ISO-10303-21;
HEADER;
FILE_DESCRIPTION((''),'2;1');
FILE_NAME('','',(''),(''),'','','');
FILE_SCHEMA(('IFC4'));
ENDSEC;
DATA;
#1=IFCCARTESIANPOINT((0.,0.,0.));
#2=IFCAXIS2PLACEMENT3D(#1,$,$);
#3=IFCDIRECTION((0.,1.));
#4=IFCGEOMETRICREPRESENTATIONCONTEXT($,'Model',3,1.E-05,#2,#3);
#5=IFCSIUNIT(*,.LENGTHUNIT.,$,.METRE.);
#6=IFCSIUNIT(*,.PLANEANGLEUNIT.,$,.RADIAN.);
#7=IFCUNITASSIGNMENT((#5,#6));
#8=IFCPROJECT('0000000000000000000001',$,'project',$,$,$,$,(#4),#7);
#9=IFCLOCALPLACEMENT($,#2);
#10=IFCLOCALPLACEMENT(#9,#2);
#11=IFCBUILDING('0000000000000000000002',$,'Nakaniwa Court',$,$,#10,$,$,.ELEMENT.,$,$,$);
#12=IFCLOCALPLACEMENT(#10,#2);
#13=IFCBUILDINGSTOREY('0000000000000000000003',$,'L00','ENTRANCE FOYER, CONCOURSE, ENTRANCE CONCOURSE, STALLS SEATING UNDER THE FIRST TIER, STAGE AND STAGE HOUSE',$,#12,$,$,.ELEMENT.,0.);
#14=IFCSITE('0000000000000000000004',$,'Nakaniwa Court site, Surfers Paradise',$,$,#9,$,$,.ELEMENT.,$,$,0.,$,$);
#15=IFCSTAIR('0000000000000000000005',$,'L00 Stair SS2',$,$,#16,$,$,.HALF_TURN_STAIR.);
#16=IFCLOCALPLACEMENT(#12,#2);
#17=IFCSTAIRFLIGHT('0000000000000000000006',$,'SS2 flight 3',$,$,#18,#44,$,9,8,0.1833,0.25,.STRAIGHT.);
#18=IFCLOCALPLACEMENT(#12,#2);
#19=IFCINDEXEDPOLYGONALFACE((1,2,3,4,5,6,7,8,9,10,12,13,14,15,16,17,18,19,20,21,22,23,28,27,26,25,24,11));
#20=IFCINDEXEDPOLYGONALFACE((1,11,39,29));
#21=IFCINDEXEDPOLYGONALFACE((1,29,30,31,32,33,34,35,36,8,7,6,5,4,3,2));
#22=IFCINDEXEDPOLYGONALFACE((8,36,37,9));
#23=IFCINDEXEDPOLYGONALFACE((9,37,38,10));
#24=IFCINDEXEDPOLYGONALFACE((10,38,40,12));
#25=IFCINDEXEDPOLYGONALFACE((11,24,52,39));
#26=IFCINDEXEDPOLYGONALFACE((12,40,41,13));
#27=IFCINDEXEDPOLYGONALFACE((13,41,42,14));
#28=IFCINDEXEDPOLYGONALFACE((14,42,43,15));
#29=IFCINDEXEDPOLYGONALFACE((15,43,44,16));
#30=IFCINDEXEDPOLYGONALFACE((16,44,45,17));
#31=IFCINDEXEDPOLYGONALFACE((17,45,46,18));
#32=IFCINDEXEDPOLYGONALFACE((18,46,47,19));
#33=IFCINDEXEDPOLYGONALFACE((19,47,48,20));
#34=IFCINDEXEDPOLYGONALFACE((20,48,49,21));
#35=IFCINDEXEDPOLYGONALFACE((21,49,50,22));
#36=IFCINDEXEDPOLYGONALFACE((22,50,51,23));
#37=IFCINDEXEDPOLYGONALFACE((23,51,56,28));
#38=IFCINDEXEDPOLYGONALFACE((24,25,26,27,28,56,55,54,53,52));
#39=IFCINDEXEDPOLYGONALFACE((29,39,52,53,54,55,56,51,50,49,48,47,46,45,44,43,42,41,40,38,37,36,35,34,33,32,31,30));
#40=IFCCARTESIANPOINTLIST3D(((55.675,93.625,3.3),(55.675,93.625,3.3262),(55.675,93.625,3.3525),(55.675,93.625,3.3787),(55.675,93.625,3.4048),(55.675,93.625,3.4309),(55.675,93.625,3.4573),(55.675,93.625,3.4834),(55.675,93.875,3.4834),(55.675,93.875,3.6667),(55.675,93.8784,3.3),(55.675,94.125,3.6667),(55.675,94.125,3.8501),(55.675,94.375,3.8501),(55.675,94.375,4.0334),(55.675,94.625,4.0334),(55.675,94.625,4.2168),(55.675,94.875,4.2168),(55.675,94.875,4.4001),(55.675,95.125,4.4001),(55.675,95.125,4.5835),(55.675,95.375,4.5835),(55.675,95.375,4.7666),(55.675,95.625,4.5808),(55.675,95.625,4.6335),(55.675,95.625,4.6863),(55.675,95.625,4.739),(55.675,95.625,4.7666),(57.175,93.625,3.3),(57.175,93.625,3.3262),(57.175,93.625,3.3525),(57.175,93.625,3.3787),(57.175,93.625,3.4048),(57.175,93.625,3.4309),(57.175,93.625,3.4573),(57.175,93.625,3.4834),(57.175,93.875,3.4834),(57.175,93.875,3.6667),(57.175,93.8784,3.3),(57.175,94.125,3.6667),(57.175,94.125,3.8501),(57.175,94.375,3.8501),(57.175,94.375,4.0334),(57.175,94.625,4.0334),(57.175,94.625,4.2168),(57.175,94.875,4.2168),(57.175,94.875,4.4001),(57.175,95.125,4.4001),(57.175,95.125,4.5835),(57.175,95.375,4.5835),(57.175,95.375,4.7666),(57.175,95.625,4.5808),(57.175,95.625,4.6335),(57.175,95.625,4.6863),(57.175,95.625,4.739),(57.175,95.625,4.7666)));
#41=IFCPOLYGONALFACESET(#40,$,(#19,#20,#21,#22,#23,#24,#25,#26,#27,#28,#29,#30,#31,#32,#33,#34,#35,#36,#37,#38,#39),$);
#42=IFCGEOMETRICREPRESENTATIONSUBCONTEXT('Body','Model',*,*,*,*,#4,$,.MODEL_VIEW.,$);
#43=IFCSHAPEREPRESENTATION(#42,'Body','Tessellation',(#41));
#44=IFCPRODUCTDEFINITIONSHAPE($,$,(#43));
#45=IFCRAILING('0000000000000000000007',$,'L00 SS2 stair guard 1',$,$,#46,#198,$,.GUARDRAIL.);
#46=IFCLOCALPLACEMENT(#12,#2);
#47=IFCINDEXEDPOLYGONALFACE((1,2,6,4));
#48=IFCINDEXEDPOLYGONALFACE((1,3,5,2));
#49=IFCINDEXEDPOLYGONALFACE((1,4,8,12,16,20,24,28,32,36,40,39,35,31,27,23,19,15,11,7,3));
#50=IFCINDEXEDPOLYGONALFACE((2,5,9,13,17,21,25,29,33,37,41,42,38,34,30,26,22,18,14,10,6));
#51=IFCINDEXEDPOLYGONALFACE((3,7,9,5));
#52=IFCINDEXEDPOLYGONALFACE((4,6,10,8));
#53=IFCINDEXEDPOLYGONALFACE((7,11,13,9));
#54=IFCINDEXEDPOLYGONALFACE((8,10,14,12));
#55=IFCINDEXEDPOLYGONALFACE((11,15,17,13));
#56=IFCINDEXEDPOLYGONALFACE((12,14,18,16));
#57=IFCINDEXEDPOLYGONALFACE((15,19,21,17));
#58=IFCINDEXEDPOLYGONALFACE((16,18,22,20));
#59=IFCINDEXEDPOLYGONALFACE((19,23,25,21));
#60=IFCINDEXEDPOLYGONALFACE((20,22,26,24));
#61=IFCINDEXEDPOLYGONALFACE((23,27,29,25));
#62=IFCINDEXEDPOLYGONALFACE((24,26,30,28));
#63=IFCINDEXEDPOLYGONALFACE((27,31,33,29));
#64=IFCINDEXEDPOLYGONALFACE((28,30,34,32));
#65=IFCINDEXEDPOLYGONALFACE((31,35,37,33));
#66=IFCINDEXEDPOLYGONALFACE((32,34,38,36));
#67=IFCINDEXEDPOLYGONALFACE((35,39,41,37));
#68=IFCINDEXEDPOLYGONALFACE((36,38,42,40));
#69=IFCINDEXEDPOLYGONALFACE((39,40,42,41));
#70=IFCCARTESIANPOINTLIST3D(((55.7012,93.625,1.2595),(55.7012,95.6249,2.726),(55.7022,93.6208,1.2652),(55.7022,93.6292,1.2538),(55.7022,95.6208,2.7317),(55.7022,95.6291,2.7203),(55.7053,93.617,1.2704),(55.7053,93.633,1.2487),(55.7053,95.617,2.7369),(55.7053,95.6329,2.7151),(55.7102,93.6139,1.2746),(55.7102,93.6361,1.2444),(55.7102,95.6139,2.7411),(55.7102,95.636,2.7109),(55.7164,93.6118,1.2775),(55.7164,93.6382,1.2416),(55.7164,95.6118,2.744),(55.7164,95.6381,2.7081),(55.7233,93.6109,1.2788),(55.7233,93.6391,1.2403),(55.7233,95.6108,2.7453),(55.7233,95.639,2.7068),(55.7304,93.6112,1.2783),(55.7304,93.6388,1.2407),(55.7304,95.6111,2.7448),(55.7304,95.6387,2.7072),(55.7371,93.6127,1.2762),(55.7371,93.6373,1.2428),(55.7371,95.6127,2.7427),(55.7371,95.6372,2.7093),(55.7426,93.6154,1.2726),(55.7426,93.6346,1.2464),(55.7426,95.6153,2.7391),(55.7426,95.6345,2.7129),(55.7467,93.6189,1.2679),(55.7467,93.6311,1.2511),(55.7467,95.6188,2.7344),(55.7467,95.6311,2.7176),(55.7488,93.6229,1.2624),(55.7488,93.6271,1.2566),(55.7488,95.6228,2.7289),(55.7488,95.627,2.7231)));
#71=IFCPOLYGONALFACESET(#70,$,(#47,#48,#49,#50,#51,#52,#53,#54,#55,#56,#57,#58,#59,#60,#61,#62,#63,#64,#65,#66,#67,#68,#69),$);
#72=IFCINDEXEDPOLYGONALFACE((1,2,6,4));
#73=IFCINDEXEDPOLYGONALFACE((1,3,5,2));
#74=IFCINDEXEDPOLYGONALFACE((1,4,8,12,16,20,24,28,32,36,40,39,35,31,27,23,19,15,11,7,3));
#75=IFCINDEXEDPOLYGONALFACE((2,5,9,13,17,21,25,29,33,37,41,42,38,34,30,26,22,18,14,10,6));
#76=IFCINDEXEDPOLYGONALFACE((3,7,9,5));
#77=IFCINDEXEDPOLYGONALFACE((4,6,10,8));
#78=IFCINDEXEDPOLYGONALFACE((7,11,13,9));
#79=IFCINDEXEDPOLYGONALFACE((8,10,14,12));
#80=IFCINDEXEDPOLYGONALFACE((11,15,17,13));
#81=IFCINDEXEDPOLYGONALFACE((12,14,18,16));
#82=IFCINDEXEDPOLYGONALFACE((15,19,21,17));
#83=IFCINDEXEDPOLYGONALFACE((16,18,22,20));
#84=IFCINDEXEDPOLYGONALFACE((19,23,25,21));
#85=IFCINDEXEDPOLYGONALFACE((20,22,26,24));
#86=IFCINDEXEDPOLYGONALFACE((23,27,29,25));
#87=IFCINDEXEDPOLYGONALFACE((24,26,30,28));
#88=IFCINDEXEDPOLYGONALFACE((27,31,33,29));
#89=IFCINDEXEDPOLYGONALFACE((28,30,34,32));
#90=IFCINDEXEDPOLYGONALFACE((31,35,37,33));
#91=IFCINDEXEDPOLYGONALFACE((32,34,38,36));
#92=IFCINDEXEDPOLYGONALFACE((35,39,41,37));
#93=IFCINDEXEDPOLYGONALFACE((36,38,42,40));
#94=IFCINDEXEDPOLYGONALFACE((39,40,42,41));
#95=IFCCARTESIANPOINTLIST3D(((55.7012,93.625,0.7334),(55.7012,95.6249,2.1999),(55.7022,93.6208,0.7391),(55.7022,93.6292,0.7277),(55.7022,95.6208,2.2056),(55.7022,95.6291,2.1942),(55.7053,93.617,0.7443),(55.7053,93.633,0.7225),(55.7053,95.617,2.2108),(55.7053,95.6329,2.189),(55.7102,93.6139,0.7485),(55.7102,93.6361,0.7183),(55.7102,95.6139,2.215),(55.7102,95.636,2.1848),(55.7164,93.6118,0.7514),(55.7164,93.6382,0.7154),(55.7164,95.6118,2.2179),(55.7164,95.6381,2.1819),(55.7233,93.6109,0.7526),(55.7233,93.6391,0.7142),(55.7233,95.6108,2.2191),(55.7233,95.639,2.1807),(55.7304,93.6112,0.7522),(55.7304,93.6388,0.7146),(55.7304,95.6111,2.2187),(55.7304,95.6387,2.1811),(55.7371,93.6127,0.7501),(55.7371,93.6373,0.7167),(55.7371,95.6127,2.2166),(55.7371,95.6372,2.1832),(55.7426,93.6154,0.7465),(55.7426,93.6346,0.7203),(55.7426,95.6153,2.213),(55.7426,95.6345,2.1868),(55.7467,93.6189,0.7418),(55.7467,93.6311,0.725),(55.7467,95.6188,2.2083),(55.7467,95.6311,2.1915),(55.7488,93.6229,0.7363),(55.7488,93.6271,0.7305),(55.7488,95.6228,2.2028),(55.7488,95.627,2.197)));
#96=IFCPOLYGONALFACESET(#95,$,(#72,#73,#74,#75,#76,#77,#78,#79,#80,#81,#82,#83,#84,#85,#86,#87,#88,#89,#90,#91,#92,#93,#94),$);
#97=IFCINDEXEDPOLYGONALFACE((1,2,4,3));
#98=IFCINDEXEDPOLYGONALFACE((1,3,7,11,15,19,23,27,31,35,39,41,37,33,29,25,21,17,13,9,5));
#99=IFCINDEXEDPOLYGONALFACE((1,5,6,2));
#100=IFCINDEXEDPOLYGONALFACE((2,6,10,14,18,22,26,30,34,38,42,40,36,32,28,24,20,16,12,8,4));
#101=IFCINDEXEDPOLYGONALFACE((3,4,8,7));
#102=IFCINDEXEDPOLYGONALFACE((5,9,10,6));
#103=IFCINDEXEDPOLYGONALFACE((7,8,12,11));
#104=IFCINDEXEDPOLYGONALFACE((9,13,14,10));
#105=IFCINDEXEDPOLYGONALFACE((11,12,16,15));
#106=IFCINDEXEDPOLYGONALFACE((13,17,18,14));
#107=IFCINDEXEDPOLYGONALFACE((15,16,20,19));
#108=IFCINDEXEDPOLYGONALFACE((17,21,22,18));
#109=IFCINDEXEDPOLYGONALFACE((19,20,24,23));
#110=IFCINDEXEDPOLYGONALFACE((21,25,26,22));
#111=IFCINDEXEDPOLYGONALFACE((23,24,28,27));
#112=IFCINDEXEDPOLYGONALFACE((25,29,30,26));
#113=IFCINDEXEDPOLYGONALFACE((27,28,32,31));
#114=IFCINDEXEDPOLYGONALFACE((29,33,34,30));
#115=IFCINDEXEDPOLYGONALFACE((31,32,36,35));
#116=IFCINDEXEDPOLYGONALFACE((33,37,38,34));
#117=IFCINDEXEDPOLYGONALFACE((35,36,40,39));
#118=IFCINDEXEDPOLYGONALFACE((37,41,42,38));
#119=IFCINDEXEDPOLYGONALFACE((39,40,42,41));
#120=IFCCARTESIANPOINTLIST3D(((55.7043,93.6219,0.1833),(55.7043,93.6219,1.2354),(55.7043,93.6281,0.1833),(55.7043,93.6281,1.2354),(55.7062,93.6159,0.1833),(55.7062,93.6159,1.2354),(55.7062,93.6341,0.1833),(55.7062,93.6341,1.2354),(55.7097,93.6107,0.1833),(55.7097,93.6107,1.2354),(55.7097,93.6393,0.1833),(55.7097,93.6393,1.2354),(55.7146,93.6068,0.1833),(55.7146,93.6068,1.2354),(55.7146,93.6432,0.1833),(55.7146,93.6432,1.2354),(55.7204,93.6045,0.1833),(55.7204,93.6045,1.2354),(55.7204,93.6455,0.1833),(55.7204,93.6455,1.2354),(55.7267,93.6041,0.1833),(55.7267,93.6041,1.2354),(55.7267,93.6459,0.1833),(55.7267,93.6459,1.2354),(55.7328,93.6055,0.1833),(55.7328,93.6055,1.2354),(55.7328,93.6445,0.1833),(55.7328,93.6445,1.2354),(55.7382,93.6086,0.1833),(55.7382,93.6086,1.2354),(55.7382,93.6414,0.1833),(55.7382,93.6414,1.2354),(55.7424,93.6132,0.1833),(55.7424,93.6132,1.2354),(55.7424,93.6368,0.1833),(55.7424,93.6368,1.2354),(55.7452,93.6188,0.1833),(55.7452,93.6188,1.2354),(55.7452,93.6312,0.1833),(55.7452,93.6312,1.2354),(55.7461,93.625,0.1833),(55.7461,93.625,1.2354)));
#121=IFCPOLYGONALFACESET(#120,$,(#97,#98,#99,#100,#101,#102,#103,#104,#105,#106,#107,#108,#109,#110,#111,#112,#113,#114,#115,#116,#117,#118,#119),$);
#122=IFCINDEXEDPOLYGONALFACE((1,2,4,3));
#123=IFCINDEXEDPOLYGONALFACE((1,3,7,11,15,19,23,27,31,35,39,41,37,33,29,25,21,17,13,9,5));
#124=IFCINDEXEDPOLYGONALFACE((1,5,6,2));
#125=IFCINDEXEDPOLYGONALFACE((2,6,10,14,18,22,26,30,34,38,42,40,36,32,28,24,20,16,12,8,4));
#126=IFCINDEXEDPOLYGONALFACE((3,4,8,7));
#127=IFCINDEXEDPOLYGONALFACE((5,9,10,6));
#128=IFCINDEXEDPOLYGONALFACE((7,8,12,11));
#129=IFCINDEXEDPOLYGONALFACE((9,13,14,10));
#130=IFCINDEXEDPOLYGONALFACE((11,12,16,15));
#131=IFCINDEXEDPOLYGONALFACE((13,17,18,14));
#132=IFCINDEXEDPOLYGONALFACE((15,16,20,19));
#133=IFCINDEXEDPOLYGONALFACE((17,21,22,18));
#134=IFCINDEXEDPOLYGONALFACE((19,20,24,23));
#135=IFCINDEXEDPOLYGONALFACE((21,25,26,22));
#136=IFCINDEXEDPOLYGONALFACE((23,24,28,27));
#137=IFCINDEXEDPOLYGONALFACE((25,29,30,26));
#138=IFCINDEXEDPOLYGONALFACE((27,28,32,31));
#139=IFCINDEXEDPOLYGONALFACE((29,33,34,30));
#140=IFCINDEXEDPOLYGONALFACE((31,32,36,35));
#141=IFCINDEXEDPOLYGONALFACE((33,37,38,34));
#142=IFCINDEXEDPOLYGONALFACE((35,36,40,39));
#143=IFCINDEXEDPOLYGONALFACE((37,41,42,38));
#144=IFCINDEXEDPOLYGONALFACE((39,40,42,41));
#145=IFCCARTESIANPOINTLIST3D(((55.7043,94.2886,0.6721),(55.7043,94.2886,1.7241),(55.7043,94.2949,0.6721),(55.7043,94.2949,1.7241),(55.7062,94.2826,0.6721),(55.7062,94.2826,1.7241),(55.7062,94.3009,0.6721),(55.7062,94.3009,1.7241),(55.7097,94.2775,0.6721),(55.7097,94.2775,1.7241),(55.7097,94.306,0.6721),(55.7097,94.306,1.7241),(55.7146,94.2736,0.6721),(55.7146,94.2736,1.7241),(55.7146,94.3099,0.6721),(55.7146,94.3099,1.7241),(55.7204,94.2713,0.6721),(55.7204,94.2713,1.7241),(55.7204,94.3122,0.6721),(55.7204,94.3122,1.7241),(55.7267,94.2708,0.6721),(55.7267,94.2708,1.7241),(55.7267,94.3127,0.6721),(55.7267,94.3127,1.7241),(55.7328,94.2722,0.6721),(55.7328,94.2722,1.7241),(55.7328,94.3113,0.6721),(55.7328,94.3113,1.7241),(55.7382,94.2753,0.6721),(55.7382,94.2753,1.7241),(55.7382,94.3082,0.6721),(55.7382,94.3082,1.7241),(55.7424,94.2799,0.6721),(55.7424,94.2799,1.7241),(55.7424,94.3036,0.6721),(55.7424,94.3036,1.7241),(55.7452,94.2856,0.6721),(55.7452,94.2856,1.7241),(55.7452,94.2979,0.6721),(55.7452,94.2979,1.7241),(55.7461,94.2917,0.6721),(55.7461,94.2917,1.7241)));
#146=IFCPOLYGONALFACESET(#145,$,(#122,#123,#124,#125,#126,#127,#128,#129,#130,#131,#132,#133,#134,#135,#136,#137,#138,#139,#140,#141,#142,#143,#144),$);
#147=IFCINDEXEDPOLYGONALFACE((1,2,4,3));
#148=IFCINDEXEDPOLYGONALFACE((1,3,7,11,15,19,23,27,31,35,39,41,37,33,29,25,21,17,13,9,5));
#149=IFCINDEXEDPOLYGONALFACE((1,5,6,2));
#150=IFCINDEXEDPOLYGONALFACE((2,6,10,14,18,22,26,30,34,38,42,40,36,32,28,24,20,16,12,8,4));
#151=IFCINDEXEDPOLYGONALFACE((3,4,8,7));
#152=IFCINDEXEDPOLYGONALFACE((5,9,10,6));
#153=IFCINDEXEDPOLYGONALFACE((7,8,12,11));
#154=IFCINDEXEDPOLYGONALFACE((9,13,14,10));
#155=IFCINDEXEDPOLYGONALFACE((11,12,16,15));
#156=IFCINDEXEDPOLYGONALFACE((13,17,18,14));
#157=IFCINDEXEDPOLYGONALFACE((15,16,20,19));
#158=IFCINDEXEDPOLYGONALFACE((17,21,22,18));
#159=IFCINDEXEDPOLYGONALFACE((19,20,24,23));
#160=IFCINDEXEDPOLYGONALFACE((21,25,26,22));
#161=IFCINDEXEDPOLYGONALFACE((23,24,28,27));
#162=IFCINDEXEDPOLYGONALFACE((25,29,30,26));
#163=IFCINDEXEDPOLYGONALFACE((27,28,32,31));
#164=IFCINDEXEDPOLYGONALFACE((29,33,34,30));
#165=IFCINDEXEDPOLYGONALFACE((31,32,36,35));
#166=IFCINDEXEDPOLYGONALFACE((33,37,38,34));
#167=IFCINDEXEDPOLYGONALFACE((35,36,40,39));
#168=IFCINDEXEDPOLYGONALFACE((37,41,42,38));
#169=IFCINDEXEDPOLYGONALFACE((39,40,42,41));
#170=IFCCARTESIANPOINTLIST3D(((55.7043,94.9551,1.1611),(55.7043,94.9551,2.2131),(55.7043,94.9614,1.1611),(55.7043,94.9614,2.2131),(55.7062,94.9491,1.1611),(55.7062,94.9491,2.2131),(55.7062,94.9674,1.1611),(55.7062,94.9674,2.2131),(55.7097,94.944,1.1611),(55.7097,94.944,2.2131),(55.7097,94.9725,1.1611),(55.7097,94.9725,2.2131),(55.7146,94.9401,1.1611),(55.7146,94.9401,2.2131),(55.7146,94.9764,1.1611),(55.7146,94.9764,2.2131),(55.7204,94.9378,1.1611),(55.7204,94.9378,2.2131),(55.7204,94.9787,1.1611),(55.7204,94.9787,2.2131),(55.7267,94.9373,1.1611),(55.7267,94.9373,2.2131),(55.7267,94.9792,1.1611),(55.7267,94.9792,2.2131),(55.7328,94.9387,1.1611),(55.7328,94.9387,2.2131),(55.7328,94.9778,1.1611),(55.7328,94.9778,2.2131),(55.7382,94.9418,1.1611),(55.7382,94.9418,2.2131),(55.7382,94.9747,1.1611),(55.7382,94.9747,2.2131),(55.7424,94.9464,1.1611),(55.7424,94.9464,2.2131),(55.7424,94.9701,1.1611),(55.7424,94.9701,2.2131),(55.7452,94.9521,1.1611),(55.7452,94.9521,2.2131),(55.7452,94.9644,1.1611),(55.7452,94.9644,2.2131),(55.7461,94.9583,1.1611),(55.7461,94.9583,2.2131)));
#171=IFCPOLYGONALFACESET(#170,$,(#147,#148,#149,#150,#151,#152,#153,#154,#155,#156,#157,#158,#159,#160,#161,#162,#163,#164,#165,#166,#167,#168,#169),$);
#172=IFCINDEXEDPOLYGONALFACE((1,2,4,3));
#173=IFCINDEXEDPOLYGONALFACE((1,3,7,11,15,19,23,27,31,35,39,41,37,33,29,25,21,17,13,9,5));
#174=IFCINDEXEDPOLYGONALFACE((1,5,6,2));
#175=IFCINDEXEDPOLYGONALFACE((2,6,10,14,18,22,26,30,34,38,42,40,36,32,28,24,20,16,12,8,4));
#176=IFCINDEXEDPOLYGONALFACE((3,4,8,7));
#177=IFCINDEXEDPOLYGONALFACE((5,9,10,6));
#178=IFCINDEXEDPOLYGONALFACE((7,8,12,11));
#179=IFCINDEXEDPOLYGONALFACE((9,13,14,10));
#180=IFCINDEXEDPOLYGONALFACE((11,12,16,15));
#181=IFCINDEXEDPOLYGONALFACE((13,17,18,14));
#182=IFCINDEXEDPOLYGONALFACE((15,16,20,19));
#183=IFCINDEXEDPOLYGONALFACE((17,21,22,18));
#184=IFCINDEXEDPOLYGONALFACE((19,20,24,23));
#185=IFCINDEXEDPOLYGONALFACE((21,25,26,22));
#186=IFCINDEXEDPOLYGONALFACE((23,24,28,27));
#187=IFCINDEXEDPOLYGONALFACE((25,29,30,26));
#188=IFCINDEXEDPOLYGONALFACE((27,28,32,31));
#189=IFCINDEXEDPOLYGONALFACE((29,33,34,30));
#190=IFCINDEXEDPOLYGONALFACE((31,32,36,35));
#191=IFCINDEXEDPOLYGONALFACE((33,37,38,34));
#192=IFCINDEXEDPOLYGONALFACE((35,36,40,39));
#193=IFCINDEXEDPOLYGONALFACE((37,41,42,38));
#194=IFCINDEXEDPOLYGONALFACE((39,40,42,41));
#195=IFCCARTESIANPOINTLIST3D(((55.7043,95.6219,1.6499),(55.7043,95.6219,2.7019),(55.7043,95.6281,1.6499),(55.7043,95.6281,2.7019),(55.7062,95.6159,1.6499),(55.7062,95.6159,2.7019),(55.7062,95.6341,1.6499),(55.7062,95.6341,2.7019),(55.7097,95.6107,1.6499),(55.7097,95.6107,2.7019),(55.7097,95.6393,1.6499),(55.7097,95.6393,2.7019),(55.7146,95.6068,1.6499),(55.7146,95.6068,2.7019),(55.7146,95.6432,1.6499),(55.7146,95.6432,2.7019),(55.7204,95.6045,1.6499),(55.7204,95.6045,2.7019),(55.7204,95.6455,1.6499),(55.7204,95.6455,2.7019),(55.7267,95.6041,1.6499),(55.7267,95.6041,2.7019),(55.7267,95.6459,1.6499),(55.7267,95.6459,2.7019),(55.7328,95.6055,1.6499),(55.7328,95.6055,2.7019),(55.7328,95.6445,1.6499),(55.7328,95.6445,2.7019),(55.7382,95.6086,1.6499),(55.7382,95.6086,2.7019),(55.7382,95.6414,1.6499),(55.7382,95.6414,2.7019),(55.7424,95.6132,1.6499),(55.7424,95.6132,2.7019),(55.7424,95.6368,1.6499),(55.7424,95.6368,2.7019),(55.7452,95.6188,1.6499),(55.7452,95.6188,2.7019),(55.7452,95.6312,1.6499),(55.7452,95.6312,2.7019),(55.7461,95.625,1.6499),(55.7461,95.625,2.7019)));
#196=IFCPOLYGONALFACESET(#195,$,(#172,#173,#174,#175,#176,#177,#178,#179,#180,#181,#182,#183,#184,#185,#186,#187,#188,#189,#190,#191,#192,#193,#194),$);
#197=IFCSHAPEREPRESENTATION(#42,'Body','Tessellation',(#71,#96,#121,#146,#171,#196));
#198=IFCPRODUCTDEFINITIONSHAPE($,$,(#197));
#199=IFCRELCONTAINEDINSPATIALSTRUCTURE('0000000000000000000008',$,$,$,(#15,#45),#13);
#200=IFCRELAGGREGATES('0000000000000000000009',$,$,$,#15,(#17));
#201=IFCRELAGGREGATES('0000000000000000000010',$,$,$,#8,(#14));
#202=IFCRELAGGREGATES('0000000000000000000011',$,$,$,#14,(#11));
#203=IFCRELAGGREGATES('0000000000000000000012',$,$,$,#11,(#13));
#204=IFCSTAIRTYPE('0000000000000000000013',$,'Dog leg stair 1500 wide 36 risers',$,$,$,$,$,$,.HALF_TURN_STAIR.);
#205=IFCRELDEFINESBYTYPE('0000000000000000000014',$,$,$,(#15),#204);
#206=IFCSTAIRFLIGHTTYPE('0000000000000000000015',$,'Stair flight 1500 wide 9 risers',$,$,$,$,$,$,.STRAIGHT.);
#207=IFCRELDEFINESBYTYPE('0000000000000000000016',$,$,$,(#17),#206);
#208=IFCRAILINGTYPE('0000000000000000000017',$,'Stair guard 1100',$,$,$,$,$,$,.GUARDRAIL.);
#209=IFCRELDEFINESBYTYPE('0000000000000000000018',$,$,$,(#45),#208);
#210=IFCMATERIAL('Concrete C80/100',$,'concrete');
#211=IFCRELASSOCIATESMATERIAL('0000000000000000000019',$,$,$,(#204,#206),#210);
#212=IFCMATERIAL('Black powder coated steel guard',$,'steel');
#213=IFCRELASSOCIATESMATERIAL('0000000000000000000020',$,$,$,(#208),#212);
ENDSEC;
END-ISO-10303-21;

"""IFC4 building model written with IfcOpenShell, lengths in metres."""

from ifc_helpers import new_model, si_unit, direction, frame, origin, origin_2d, place, context, subcontext, project, spatial, polyline, circle, outline, extrude, material, type_object, element, aggregate, save


model = new_model("IFC4")

# Units and contexts
model_context = context("Model", 3, precision=1e-05, world=origin(), true_north=direction((0.0, 1.0)))
body_context = subcontext(model_context, "Body", "Model", "MODEL_VIEW")
ifc_project = project(units=[si_unit("LENGTHUNIT", "METRE"), si_unit("PLANEANGLEUNIT", "RADIAN")], contexts=[model_context])

# Site, building, storey
site_placement = place(None, origin())
site = spatial("IfcSite", under=ifc_project, at=site_placement, Name="Nakaniwa Court site, Surfers Paradise", CompositionType="ELEMENT", RefElevation=0.0)
building_placement = place(site_placement, origin())
building = spatial("IfcBuilding", under=site, at=building_placement, Name="Nakaniwa Court", CompositionType="ELEMENT")
storey_placement = place(building_placement, origin())
storey = spatial("IfcBuildingStorey", under=building, at=storey_placement, Name="L00", Description="ENTRANCE FOYER, CONCOURSE, ENTRANCE CONCOURSE, STALLS SEATING UNDER THE FIRST TIER, STAGE AND STAGE HOUSE", CompositionType="ELEMENT", Elevation=0.0)

# Stair, stair flight
ifc_material_1 = material(Name="Concrete C80/100", Category="concrete")
stair_type = type_object("IfcStairType", Name="Dog leg stair 1500 wide 36 risers", PredefinedType="HALF_TURN_STAIR", material=ifc_material_1)
stair_placement = place(storey_placement, origin())
stair = element("IfcStair", 1, at=stair_placement, inside=storey, type_object=stair_type, Name="L00 Stair SS2", PredefinedType="HALF_TURN_STAIR")
stair_flight_type = type_object("IfcStairFlightType", Name="Stair flight 1500 wide 9 risers", PredefinedType="STRAIGHT", material=ifc_material_1)
stair_flight_1_placement = place(storey_placement, frame((56.425, 93.625, 3.3), z_axis=(0.0, 0.0, 1.0), x_axis=(0.0, 1.0, 0.0)))
stair_flight_1 = element("IfcStairFlight", 2, at=stair_flight_1_placement, type_object=stair_flight_type, Name="SS2 flight 3", NumberOfRisers=9, NumberOfTreads=8, PredefinedType="STRAIGHT", RiserHeight=0.1833, TreadLength=0.25, context=body_context, shape_type="SweptSolid", body=[
    extrude(outline(polyline([(0.0, 0.0), (0.0, 0.0261), (0.0, 0.0525), (0.0, 0.0786), (0.0, 0.1047), (0.0, 0.1309), (0.0, 0.1572), (0.0, 0.1833), (0.25, 0.1833), (0.25, 0.3667), (0.5, 0.3667), (0.5, 0.55), (0.75, 0.55), (0.75, 0.7334), (1.0, 0.7334), (1.0, 0.9167), (1.25, 0.9167), (1.25, 1.1001), (1.5, 1.1001), (1.5, 1.2834), (1.75, 1.2834), (1.75, 1.4666), (2.0, 1.4666), (2.0, 1.6499), (2.0, 1.5972), (2.0, 1.5444), (2.0, 1.4917), (2.0, 1.439), (2.0, 1.3862), (2.0, 1.3335), (2.0, 1.2808), (0.2534, 0.0), (0.0, 0.0)])), frame((0.0, 0.75, 0.0), z_axis=(0.0, -1.0, 0.0), x_axis=(1.0, 0.0, 0.0)), (0.0, 0.0, 1.0), 1.5),
])
aggregate(stair, [stair_flight_1])

# Railing
ifc_material_2 = material(Name="Black powder coated steel guard", Category="steel")
railing_type = type_object("IfcRailingType", Name="Stair guard 1100", PredefinedType="GUARDRAIL", material=ifc_material_2)
railing_1_placement = place(storey_placement, frame((55.7251, 93.625, 0.1833)))
element("IfcRailing", 3, at=railing_1_placement, inside=storey, type_object=railing_type, Name="L00 SS2 stair guard 1", PredefinedType="GUARDRAIL", context=body_context, shape_type="SweptSolid", body=[
    extrude(circle(Radius=0.0239, at=origin_2d()), frame((0.0, 0.0, 1.0762), z_axis=(0.0, 0.806427, 0.591334), x_axis=(-1.0, 0.0, 0.0)), (0.0, 0.0, 1.0), 2.48),
    extrude(circle(Radius=0.0239, at=origin_2d()), frame((0.0, 0.0, 0.55), z_axis=(0.0, 0.806427, 0.591334), x_axis=(-1.0, 0.0, 0.0)), (0.0, 0.0, 1.0), 2.48),
    extrude(circle(Radius=0.021, at=origin_2d()), origin(), (0.0, 0.0, 1.0), 1.052),
    extrude(circle(Radius=0.021, at=origin_2d()), frame((0.0, 0.6667, 0.4888)), (0.0, 0.0, 1.0), 1.052),
    extrude(circle(Radius=0.021, at=origin_2d()), frame((0.0, 1.3333, 0.9778)), (0.0, 0.0, 1.0), 1.052),
    extrude(circle(Radius=0.021, at=origin_2d()), frame((0.0, 2.0, 1.4666)), (0.0, 0.0, 1.0), 1.052),
])

save(model, "model.ifc")
